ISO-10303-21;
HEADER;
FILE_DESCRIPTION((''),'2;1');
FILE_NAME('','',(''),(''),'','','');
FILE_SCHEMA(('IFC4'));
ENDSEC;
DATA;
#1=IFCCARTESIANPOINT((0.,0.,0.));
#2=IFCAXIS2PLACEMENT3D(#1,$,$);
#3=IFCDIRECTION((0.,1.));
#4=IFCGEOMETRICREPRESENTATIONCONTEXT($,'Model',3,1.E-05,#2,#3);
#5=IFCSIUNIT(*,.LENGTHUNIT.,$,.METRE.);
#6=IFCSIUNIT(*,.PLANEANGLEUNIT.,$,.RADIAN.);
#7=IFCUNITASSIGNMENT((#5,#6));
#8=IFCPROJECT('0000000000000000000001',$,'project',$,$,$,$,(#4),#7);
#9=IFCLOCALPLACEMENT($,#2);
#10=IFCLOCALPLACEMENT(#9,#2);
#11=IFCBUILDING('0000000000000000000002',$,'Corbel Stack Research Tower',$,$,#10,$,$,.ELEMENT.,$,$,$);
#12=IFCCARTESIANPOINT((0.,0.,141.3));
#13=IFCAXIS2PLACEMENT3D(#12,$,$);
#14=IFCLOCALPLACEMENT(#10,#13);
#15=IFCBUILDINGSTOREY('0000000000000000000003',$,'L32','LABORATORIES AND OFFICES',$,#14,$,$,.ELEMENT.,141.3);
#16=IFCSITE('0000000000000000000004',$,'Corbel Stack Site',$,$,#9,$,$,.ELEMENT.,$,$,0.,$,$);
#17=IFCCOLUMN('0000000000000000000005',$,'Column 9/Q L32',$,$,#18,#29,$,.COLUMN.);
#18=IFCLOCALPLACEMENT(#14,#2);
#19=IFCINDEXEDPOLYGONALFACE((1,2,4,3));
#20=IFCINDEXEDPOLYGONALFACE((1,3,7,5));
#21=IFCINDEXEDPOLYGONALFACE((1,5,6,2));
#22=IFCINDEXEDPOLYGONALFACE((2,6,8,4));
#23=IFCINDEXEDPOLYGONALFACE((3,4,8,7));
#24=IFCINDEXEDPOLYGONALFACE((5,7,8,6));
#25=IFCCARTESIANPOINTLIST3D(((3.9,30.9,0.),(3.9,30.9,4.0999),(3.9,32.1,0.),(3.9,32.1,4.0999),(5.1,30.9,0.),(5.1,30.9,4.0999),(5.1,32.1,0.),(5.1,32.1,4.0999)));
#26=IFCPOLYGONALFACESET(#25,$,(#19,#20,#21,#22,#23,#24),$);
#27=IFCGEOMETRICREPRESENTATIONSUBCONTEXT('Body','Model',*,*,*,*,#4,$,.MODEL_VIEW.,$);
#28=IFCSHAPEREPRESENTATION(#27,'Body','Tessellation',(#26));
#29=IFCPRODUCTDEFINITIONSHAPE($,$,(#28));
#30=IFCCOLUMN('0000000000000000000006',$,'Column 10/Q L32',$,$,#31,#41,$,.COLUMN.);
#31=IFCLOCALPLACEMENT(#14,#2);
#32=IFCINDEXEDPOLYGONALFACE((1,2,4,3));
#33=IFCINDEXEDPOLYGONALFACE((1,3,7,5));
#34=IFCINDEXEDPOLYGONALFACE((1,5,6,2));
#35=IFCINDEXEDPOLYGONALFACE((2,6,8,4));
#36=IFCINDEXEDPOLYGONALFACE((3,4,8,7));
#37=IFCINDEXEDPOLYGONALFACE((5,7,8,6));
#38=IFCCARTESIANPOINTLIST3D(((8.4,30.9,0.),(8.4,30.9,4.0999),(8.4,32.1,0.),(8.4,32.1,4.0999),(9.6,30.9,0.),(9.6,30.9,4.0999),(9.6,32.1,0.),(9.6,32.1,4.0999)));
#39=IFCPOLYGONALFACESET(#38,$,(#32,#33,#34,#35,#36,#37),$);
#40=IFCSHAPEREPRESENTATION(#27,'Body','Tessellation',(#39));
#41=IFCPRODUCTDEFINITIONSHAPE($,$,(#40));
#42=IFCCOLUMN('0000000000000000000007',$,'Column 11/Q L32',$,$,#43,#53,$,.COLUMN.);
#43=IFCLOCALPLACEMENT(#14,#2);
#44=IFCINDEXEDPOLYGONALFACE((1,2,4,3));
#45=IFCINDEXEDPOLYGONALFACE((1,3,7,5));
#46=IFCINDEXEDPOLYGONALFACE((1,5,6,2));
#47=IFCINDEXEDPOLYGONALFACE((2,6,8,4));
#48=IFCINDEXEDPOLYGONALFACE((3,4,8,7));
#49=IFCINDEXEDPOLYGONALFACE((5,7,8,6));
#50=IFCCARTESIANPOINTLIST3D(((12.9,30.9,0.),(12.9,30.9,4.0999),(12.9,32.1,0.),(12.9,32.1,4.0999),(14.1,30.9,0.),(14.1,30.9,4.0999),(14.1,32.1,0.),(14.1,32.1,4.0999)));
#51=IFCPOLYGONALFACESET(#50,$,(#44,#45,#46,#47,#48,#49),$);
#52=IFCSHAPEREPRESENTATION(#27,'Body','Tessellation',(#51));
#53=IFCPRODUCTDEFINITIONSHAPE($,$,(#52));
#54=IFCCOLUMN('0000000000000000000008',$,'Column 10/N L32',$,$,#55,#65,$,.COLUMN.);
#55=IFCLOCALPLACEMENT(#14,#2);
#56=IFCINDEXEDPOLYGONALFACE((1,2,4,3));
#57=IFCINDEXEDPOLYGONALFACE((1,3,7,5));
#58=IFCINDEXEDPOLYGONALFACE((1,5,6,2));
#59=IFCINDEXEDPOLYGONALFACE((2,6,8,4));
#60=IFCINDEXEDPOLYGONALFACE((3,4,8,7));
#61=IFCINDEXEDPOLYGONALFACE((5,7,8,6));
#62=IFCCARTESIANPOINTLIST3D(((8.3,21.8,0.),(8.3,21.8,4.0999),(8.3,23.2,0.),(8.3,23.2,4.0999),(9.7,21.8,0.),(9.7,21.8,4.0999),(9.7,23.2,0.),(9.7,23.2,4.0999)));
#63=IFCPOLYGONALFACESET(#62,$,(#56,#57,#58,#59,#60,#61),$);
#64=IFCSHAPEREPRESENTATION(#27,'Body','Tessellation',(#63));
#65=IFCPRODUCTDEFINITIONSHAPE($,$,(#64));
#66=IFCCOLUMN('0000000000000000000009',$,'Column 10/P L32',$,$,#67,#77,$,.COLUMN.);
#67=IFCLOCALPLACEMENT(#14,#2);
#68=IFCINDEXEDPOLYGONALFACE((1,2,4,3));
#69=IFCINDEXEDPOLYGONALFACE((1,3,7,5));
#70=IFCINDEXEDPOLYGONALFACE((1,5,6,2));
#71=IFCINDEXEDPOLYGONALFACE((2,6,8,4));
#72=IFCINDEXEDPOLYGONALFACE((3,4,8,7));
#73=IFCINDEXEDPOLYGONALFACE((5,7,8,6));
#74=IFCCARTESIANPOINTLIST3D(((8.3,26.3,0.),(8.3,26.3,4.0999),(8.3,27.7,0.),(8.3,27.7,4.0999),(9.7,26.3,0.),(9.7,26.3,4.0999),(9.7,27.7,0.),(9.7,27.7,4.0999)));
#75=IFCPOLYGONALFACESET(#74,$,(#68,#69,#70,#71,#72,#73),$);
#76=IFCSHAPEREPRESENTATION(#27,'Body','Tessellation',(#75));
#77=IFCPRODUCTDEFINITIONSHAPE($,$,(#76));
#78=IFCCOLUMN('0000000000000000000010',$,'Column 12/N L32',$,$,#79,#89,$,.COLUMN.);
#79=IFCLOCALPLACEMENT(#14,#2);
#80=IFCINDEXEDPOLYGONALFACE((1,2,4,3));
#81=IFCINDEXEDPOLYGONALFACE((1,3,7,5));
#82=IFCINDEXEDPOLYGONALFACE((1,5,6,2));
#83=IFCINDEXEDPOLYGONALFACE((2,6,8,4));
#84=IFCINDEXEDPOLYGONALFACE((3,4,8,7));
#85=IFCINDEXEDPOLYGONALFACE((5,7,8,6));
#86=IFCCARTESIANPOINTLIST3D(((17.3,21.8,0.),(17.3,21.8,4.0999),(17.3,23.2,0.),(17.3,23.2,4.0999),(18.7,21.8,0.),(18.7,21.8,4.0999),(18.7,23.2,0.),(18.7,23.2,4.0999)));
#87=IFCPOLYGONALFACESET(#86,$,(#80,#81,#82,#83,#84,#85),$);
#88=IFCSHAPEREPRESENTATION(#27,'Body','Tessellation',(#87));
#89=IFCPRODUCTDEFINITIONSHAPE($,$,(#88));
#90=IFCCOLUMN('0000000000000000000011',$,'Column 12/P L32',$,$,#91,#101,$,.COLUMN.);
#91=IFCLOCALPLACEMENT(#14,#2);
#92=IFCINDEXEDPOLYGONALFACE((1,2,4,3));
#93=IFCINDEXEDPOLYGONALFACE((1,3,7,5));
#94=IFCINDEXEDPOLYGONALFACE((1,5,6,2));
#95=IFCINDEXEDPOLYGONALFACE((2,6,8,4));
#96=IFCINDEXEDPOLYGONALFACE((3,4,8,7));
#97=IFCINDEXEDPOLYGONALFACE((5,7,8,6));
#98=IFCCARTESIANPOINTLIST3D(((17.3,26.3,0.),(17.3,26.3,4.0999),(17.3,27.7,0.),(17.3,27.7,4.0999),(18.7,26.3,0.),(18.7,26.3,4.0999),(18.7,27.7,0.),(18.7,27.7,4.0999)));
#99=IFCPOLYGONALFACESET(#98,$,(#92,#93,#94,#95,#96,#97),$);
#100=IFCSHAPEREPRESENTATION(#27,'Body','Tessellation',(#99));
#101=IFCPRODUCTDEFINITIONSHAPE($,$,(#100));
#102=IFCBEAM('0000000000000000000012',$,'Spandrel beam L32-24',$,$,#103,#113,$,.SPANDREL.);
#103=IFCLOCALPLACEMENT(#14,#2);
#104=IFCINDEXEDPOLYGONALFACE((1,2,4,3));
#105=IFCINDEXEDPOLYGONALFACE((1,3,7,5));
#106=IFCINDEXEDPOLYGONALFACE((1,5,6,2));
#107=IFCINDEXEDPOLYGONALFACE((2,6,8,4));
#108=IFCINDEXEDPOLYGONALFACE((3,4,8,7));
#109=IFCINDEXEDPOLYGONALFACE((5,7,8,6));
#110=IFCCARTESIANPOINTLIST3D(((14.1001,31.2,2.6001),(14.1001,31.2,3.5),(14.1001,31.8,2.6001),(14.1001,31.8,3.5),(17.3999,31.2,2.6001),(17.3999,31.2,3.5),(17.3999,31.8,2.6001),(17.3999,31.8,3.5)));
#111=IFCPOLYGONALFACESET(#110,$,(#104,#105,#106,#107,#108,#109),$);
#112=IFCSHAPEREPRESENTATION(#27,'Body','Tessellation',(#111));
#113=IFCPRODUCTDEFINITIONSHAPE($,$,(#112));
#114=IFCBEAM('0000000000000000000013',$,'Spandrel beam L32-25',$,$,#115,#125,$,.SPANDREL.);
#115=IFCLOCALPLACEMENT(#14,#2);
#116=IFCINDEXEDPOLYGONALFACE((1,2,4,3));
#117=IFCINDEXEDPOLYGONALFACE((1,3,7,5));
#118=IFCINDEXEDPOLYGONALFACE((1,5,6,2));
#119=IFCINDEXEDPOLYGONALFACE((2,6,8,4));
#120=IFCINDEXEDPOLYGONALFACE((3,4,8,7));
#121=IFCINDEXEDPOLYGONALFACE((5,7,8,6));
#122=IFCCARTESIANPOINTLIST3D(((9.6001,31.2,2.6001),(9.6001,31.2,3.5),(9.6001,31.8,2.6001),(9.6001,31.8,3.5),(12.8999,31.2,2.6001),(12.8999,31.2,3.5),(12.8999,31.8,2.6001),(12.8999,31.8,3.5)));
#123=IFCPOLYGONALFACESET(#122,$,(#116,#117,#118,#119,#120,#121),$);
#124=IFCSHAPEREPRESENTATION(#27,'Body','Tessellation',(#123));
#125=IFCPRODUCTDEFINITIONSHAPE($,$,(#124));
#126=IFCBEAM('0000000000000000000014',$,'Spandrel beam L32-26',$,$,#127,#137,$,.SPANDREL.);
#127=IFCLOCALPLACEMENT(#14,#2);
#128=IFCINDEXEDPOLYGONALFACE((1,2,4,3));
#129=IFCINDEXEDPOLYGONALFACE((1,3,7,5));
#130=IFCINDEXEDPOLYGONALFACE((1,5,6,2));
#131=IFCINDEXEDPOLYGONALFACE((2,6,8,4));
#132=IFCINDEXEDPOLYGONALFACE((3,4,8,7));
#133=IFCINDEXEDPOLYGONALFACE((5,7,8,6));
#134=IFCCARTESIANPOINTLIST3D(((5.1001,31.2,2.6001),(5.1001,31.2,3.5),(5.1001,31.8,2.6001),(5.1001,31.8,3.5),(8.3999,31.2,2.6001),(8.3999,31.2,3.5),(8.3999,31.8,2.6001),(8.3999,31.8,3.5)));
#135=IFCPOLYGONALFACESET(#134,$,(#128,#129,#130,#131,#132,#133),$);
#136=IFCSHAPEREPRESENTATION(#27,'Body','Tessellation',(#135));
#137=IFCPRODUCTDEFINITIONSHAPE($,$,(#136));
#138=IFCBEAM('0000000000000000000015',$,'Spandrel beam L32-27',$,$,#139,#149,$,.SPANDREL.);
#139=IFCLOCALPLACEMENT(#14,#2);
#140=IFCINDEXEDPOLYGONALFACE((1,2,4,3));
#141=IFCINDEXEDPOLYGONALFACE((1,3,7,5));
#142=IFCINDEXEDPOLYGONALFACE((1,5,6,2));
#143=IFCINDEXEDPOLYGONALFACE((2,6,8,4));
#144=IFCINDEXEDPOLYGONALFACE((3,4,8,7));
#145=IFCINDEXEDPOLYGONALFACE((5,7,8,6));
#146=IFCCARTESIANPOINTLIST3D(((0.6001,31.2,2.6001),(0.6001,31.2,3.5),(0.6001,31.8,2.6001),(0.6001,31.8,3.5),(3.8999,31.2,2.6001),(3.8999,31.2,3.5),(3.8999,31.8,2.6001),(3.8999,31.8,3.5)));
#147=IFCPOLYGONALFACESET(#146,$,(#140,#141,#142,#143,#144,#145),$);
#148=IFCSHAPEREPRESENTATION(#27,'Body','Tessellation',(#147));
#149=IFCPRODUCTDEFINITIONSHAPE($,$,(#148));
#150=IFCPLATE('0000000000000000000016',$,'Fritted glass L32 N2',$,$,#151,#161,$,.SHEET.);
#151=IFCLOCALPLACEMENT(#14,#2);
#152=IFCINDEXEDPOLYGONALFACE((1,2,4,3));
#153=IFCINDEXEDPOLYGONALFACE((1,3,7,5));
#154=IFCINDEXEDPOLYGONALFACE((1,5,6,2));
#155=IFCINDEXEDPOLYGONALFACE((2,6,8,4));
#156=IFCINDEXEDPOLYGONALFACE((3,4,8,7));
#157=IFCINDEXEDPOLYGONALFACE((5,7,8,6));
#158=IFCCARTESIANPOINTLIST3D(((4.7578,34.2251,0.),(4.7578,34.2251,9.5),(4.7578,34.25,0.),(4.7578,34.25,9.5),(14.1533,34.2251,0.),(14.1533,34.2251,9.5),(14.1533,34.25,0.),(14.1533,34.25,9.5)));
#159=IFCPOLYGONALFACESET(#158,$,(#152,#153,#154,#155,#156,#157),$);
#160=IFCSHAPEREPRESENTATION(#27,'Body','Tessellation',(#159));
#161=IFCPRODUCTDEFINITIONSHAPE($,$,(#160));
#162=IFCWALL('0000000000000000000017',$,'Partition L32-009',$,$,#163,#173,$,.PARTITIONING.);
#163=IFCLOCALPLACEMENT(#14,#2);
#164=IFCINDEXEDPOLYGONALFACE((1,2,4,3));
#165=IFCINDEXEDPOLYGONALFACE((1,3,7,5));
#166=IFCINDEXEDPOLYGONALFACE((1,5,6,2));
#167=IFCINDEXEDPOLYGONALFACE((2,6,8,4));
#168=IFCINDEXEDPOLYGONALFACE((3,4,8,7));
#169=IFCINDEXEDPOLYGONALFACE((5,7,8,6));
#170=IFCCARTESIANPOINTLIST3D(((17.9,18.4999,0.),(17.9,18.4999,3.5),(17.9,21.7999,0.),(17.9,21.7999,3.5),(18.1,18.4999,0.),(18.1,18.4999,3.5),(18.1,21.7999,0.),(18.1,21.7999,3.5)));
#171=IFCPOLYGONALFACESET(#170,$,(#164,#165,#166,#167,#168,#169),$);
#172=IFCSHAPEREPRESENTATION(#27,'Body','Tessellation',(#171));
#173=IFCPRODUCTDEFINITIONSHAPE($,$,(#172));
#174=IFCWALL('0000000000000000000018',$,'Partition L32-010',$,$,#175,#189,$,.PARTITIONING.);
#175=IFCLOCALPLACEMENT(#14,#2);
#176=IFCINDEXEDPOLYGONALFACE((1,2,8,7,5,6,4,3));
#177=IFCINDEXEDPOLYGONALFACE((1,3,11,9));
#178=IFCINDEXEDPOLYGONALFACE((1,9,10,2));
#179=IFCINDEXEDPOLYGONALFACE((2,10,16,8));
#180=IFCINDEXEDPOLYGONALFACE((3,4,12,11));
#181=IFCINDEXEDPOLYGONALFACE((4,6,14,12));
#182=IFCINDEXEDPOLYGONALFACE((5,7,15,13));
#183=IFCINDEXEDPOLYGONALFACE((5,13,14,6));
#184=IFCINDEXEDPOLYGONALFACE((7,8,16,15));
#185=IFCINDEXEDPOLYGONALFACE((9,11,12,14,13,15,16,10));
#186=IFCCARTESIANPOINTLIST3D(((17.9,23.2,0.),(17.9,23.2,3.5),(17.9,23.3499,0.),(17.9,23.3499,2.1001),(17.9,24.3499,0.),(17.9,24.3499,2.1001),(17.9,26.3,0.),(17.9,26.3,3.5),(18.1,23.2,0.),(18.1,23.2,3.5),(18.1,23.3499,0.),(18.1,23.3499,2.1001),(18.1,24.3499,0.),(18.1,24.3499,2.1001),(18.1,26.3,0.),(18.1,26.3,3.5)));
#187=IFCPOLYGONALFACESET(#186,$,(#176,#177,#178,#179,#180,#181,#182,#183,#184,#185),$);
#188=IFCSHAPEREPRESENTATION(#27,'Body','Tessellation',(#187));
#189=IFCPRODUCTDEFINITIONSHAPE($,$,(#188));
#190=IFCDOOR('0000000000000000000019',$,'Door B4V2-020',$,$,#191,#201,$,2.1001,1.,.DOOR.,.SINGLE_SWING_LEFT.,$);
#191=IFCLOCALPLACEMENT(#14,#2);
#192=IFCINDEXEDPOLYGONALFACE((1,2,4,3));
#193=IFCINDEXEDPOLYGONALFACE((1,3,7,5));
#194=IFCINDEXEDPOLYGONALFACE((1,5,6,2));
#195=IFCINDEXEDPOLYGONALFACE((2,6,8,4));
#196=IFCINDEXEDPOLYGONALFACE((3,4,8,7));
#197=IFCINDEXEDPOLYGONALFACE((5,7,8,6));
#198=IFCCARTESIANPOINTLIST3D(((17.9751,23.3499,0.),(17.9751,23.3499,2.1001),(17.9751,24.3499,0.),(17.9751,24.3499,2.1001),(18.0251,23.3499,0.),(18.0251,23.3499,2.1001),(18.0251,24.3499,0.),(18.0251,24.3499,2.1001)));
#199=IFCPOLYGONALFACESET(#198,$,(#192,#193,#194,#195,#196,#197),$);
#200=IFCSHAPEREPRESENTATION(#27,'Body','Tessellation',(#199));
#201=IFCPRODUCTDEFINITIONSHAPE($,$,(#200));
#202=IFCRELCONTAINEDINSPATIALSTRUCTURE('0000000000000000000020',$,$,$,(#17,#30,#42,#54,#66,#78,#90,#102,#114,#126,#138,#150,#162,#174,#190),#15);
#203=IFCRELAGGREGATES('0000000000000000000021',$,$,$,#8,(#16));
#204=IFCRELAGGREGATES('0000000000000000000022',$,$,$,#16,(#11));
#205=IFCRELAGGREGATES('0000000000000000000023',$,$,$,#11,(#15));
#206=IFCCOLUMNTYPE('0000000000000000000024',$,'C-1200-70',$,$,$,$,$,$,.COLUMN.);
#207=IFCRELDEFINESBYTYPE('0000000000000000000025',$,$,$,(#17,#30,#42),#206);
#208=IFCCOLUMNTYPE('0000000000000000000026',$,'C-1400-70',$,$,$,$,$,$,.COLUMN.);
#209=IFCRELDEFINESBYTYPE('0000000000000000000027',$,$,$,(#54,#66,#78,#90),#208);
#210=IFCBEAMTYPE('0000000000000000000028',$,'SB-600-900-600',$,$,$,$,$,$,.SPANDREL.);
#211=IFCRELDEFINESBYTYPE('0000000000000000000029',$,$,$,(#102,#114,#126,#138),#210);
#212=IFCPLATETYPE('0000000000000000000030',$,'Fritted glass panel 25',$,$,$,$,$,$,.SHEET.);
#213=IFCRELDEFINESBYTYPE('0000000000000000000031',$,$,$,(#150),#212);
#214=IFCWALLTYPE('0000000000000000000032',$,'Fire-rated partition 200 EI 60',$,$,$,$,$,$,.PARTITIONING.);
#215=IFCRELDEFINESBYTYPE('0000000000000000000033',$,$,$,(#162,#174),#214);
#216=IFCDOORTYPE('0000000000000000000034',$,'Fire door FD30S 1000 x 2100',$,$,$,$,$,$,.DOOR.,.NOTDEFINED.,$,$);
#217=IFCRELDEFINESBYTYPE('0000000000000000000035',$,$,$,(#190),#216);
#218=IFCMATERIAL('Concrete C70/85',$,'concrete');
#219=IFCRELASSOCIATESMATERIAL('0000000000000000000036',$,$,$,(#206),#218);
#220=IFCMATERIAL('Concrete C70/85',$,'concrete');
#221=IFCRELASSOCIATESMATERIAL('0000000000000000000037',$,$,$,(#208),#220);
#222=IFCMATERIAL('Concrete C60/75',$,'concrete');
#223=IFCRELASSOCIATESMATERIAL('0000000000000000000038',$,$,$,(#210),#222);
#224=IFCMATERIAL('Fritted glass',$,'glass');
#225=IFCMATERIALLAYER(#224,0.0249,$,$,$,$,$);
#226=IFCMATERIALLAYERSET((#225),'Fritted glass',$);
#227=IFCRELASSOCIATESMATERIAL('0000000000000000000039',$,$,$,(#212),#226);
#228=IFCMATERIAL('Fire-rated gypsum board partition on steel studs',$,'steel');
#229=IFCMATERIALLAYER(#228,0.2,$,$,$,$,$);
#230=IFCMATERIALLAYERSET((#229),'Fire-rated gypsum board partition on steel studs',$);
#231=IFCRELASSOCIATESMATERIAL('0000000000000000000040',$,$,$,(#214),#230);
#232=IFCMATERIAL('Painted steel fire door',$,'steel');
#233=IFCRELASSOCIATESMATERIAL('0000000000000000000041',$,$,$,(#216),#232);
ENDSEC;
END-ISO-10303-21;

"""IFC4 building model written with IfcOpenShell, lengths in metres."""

from ifc_helpers import new_model, si_unit, direction, frame, frame_2d, origin, origin_2d, place, context, subcontext, project, spatial, rectangle, extrude, material, layer, layer_set, material_profile, profile_set, type_object, element, fill, save


model = new_model("IFC4")

# Units and contexts
model_context = context("Model", 3, precision=1e-05, world=origin(), true_north=direction((0.0, 1.0)))
body_context = subcontext(model_context, "Body", "Model", "MODEL_VIEW")
ifc_project = project(units=[si_unit("LENGTHUNIT", "METRE"), si_unit("PLANEANGLEUNIT", "RADIAN")], contexts=[model_context])

# Site, building, storey
site_placement = place(None, origin())
site = spatial("IfcSite", under=ifc_project, at=site_placement, Name="Corbel Stack Site", CompositionType="ELEMENT", RefElevation=0.0)
building_placement = place(site_placement, origin())
building = spatial("IfcBuilding", under=site, at=building_placement, Name="Corbel Stack Research Tower", CompositionType="ELEMENT")
storey_placement = place(building_placement, frame((0.0, 0.0, 141.3)))
storey = spatial("IfcBuildingStorey", under=building, at=storey_placement, Name="L32", Description="LABORATORIES AND OFFICES", CompositionType="ELEMENT", Elevation=141.3)

# Columns
ifc_material_1 = material(Name="Concrete C70/85", Category="concrete")
ifc_material_profile_1 = material_profile(ifc_material_1, rectangle(XDim=1.2, YDim=1.2, at=origin_2d()), Name="RC 1200 x 1200")
ifc_profile_set_1 = profile_set([ifc_material_profile_1], Name="Concrete C70/85")
column_type_1 = type_object("IfcColumnType", Name="C-1200-70", PredefinedType="COLUMN", material=ifc_profile_set_1)
for number, where, z_axis, x_axis, name in (
    (1, (4.5, 31.5, 0.0), (0.0, 0.0, 1.0), (1.0, 0.0, 0.0), "Column 9/Q L32"),
    (2, (9.0, 31.5, 0.0), (0.0, 0.0, 1.0), (1.0, 0.0, 0.0), "Column 10/Q L32"),
    (3, (13.5, 31.5, 0.0), (0.0, 0.0, 1.0), (1.0, 0.0, 0.0), "Column 11/Q L32"),
):
    element("IfcColumn", number, at=place(storey_placement, frame(where, z_axis=z_axis, x_axis=x_axis)), inside=storey, type_object=column_type_1, Name=name, PredefinedType="COLUMN", context=body_context, shape_type="SweptSolid", body=[
        extrude(rectangle(XDim=1.2, YDim=1.2, at=origin_2d()), origin(), (0.0, 0.0, 1.0), 4.0999),
    ])
ifc_material_2 = material(Name="Concrete C70/85", Category="concrete")
ifc_material_profile_2 = material_profile(ifc_material_2, rectangle(XDim=1.3999, YDim=1.3999, at=origin_2d()), Name="RC 1400 x 1400")
ifc_profile_set_2 = profile_set([ifc_material_profile_2], Name="Concrete C70/85")
column_type_2 = type_object("IfcColumnType", Name="C-1400-70", PredefinedType="COLUMN", material=ifc_profile_set_2)
for number, where, z_axis, x_axis, name in (
    (4, (9.0, 22.5, 0.0), (0.0, 0.0, 1.0), (1.0, 0.0, 0.0), "Column 10/N L32"),
    (5, (9.0, 27.0, 0.0), (0.0, 0.0, 1.0), (1.0, 0.0, 0.0), "Column 10/P L32"),
    (6, (18.0, 22.5, 0.0), (0.0, 0.0, 1.0), (1.0, 0.0, 0.0), "Column 12/N L32"),
    (7, (18.0, 27.0, 0.0), (0.0, 0.0, 1.0), (1.0, 0.0, 0.0), "Column 12/P L32"),
):
    element("IfcColumn", number, at=place(storey_placement, frame(where, z_axis=z_axis, x_axis=x_axis)), inside=storey, type_object=column_type_2, Name=name, PredefinedType="COLUMN", context=body_context, shape_type="SweptSolid", body=[
        extrude(rectangle(XDim=1.3999, YDim=1.3999, at=origin_2d()), origin(), (0.0, 0.0, 1.0), 4.0999),
    ])

# Beams
ifc_material_3 = material(Name="Concrete C60/75", Category="concrete")
ifc_material_profile_3 = material_profile(ifc_material_3, rectangle(XDim=0.6001, YDim=0.8999, at=origin_2d()), Name="RC 600 x 900")
ifc_profile_set_3 = profile_set([ifc_material_profile_3], Name="Concrete C60/75")
beam_type = type_object("IfcBeamType", Name="SB-600-900-600", PredefinedType="SPANDREL", material=ifc_profile_set_3)
for number, where, z_axis, x_axis, name in (
    (8, (17.3999, 31.5, 3.05), (-1.0, 0.0, 0.0), (0.0, -1.0, 0.0), "Spandrel beam L32-24"),
    (9, (12.8999, 31.5, 3.05), (-1.0, 0.0, 0.0), (0.0, -1.0, 0.0), "Spandrel beam L32-25"),
    (10, (8.3999, 31.5, 3.05), (-1.0, 0.0, 0.0), (0.0, -1.0, 0.0), "Spandrel beam L32-26"),
    (11, (3.8999, 31.5, 3.05), (-1.0, 0.0, 0.0), (0.0, -1.0, 0.0), "Spandrel beam L32-27"),
):
    element("IfcBeam", number, at=place(storey_placement, frame(where, z_axis=z_axis, x_axis=x_axis)), inside=storey, type_object=beam_type, Name=name, PredefinedType="SPANDREL", context=body_context, shape_type="SweptSolid", body=[
        extrude(rectangle(XDim=0.6001, YDim=0.8999, at=origin_2d()), origin(), (0.0, 0.0, 1.0), 3.2998),
    ])

# Plate
ifc_material_4 = material(Name="Fritted glass", Category="glass")
ifc_layer_1 = layer(ifc_material_4, 0.0249)
ifc_layer_set_1 = layer_set([ifc_layer_1], Name="Fritted glass")
plate_type = type_object("IfcPlateType", Name="Fritted glass panel 25", PredefinedType="SHEET", material=ifc_layer_set_1)
plate_placement = place(storey_placement, frame((9.4556, 34.2375, 0.0), z_axis=(0.0, 0.0, 1.0), x_axis=(-1.0, 0.0, 0.0)))
element("IfcPlate", 12, at=plate_placement, inside=storey, type_object=plate_type, Name="Fritted glass L32 N2", PredefinedType="SHEET", context=body_context, shape_type="SweptSolid", body=[
    extrude(rectangle(XDim=9.3955, YDim=0.0249, at=origin_2d()), origin(), (0.0, 0.0, 1.0), 9.5),
])

# Wall
ifc_material_5 = material(Name="Fire-rated gypsum board partition on steel studs", Category="steel")
ifc_layer_2 = layer(ifc_material_5, 0.2)
ifc_layer_set_2 = layer_set([ifc_layer_2], Name="Fire-rated gypsum board partition on steel studs")
wall_type_1 = type_object("IfcWallType", Name="Fire-rated partition 200 EI 60", PredefinedType="PARTITIONING", material=ifc_layer_set_2)
wall_1_placement = place(storey_placement, frame((18.0, 18.5, 0.0), z_axis=(0.0, 0.0, 1.0), x_axis=(0.0, 1.0, 0.0)))
element("IfcWall", 13, at=wall_1_placement, inside=storey, type_object=wall_type_1, Name="Partition L32-009", PredefinedType="PARTITIONING", context=body_context, shape_type="SweptSolid", body=[
    extrude(rectangle(XDim=3.3, YDim=0.2, at=frame_2d((1.6499, 0.0))), origin(), (0.0, 0.0, 1.0), 3.5),
])

# Wall, opening, door
wall_2_placement = place(storey_placement, frame((18.0, 23.2, 0.0), z_axis=(0.0, 0.0, 1.0), x_axis=(0.0, 1.0, 0.0)))
wall_2 = element("IfcWall", 14, at=wall_2_placement, inside=storey, type_object=wall_type_1, Name="Partition L32-010", PredefinedType="PARTITIONING", context=body_context, shape_type="SweptSolid", body=[
    extrude(rectangle(XDim=3.1001, YDim=0.2, at=frame_2d((1.55, 0.0))), origin(), (0.0, 0.0, 1.0), 3.5),
])
opening_1_placement = place(wall_2_placement, frame((0.1499, 0.0, 0.0)))
opening_1 = element("IfcOpeningElement", 15, at=opening_1_placement, cuts=wall_2, PredefinedType="OPENING", context=body_context, shape_type="SweptSolid", body=[
    extrude(rectangle(XDim=1.0, YDim=2.1001, at=frame_2d((0.5, 1.05))), frame((0.0, 0.1099, 0.0), z_axis=(0.0, -1.0, 0.0), x_axis=(1.0, 0.0, 0.0)), (0.0, 0.0, 1.0), 0.22),
])
ifc_material_6 = material(Name="Painted steel fire door", Category="steel")
door_type_1 = type_object("IfcDoorType", Name="Fire door FD30S 1000 x 2100", OperationType="NOTDEFINED", PredefinedType="DOOR", material=ifc_material_6)
door_1_placement = place(opening_1_placement, origin())
door_1 = element("IfcDoor", 16, at=door_1_placement, inside=storey, type_object=door_type_1, Name="Door B4V2-020", OperationType="SINGLE_SWING_LEFT", OverallHeight=2.1001, OverallWidth=1.0, PredefinedType="DOOR", context=body_context, shape_type="SweptSolid", body=[
    extrude(rectangle(XDim=1.0, YDim=2.1001, at=frame_2d((0.5, 1.05))), frame((0.0, 0.0249, 0.0), z_axis=(0.0, -1.0, 0.0), x_axis=(1.0, 0.0, 0.0)), (0.0, 0.0, 1.0), 0.05),
])
fill(opening_1, door_1)

save(model, "model.ifc")
